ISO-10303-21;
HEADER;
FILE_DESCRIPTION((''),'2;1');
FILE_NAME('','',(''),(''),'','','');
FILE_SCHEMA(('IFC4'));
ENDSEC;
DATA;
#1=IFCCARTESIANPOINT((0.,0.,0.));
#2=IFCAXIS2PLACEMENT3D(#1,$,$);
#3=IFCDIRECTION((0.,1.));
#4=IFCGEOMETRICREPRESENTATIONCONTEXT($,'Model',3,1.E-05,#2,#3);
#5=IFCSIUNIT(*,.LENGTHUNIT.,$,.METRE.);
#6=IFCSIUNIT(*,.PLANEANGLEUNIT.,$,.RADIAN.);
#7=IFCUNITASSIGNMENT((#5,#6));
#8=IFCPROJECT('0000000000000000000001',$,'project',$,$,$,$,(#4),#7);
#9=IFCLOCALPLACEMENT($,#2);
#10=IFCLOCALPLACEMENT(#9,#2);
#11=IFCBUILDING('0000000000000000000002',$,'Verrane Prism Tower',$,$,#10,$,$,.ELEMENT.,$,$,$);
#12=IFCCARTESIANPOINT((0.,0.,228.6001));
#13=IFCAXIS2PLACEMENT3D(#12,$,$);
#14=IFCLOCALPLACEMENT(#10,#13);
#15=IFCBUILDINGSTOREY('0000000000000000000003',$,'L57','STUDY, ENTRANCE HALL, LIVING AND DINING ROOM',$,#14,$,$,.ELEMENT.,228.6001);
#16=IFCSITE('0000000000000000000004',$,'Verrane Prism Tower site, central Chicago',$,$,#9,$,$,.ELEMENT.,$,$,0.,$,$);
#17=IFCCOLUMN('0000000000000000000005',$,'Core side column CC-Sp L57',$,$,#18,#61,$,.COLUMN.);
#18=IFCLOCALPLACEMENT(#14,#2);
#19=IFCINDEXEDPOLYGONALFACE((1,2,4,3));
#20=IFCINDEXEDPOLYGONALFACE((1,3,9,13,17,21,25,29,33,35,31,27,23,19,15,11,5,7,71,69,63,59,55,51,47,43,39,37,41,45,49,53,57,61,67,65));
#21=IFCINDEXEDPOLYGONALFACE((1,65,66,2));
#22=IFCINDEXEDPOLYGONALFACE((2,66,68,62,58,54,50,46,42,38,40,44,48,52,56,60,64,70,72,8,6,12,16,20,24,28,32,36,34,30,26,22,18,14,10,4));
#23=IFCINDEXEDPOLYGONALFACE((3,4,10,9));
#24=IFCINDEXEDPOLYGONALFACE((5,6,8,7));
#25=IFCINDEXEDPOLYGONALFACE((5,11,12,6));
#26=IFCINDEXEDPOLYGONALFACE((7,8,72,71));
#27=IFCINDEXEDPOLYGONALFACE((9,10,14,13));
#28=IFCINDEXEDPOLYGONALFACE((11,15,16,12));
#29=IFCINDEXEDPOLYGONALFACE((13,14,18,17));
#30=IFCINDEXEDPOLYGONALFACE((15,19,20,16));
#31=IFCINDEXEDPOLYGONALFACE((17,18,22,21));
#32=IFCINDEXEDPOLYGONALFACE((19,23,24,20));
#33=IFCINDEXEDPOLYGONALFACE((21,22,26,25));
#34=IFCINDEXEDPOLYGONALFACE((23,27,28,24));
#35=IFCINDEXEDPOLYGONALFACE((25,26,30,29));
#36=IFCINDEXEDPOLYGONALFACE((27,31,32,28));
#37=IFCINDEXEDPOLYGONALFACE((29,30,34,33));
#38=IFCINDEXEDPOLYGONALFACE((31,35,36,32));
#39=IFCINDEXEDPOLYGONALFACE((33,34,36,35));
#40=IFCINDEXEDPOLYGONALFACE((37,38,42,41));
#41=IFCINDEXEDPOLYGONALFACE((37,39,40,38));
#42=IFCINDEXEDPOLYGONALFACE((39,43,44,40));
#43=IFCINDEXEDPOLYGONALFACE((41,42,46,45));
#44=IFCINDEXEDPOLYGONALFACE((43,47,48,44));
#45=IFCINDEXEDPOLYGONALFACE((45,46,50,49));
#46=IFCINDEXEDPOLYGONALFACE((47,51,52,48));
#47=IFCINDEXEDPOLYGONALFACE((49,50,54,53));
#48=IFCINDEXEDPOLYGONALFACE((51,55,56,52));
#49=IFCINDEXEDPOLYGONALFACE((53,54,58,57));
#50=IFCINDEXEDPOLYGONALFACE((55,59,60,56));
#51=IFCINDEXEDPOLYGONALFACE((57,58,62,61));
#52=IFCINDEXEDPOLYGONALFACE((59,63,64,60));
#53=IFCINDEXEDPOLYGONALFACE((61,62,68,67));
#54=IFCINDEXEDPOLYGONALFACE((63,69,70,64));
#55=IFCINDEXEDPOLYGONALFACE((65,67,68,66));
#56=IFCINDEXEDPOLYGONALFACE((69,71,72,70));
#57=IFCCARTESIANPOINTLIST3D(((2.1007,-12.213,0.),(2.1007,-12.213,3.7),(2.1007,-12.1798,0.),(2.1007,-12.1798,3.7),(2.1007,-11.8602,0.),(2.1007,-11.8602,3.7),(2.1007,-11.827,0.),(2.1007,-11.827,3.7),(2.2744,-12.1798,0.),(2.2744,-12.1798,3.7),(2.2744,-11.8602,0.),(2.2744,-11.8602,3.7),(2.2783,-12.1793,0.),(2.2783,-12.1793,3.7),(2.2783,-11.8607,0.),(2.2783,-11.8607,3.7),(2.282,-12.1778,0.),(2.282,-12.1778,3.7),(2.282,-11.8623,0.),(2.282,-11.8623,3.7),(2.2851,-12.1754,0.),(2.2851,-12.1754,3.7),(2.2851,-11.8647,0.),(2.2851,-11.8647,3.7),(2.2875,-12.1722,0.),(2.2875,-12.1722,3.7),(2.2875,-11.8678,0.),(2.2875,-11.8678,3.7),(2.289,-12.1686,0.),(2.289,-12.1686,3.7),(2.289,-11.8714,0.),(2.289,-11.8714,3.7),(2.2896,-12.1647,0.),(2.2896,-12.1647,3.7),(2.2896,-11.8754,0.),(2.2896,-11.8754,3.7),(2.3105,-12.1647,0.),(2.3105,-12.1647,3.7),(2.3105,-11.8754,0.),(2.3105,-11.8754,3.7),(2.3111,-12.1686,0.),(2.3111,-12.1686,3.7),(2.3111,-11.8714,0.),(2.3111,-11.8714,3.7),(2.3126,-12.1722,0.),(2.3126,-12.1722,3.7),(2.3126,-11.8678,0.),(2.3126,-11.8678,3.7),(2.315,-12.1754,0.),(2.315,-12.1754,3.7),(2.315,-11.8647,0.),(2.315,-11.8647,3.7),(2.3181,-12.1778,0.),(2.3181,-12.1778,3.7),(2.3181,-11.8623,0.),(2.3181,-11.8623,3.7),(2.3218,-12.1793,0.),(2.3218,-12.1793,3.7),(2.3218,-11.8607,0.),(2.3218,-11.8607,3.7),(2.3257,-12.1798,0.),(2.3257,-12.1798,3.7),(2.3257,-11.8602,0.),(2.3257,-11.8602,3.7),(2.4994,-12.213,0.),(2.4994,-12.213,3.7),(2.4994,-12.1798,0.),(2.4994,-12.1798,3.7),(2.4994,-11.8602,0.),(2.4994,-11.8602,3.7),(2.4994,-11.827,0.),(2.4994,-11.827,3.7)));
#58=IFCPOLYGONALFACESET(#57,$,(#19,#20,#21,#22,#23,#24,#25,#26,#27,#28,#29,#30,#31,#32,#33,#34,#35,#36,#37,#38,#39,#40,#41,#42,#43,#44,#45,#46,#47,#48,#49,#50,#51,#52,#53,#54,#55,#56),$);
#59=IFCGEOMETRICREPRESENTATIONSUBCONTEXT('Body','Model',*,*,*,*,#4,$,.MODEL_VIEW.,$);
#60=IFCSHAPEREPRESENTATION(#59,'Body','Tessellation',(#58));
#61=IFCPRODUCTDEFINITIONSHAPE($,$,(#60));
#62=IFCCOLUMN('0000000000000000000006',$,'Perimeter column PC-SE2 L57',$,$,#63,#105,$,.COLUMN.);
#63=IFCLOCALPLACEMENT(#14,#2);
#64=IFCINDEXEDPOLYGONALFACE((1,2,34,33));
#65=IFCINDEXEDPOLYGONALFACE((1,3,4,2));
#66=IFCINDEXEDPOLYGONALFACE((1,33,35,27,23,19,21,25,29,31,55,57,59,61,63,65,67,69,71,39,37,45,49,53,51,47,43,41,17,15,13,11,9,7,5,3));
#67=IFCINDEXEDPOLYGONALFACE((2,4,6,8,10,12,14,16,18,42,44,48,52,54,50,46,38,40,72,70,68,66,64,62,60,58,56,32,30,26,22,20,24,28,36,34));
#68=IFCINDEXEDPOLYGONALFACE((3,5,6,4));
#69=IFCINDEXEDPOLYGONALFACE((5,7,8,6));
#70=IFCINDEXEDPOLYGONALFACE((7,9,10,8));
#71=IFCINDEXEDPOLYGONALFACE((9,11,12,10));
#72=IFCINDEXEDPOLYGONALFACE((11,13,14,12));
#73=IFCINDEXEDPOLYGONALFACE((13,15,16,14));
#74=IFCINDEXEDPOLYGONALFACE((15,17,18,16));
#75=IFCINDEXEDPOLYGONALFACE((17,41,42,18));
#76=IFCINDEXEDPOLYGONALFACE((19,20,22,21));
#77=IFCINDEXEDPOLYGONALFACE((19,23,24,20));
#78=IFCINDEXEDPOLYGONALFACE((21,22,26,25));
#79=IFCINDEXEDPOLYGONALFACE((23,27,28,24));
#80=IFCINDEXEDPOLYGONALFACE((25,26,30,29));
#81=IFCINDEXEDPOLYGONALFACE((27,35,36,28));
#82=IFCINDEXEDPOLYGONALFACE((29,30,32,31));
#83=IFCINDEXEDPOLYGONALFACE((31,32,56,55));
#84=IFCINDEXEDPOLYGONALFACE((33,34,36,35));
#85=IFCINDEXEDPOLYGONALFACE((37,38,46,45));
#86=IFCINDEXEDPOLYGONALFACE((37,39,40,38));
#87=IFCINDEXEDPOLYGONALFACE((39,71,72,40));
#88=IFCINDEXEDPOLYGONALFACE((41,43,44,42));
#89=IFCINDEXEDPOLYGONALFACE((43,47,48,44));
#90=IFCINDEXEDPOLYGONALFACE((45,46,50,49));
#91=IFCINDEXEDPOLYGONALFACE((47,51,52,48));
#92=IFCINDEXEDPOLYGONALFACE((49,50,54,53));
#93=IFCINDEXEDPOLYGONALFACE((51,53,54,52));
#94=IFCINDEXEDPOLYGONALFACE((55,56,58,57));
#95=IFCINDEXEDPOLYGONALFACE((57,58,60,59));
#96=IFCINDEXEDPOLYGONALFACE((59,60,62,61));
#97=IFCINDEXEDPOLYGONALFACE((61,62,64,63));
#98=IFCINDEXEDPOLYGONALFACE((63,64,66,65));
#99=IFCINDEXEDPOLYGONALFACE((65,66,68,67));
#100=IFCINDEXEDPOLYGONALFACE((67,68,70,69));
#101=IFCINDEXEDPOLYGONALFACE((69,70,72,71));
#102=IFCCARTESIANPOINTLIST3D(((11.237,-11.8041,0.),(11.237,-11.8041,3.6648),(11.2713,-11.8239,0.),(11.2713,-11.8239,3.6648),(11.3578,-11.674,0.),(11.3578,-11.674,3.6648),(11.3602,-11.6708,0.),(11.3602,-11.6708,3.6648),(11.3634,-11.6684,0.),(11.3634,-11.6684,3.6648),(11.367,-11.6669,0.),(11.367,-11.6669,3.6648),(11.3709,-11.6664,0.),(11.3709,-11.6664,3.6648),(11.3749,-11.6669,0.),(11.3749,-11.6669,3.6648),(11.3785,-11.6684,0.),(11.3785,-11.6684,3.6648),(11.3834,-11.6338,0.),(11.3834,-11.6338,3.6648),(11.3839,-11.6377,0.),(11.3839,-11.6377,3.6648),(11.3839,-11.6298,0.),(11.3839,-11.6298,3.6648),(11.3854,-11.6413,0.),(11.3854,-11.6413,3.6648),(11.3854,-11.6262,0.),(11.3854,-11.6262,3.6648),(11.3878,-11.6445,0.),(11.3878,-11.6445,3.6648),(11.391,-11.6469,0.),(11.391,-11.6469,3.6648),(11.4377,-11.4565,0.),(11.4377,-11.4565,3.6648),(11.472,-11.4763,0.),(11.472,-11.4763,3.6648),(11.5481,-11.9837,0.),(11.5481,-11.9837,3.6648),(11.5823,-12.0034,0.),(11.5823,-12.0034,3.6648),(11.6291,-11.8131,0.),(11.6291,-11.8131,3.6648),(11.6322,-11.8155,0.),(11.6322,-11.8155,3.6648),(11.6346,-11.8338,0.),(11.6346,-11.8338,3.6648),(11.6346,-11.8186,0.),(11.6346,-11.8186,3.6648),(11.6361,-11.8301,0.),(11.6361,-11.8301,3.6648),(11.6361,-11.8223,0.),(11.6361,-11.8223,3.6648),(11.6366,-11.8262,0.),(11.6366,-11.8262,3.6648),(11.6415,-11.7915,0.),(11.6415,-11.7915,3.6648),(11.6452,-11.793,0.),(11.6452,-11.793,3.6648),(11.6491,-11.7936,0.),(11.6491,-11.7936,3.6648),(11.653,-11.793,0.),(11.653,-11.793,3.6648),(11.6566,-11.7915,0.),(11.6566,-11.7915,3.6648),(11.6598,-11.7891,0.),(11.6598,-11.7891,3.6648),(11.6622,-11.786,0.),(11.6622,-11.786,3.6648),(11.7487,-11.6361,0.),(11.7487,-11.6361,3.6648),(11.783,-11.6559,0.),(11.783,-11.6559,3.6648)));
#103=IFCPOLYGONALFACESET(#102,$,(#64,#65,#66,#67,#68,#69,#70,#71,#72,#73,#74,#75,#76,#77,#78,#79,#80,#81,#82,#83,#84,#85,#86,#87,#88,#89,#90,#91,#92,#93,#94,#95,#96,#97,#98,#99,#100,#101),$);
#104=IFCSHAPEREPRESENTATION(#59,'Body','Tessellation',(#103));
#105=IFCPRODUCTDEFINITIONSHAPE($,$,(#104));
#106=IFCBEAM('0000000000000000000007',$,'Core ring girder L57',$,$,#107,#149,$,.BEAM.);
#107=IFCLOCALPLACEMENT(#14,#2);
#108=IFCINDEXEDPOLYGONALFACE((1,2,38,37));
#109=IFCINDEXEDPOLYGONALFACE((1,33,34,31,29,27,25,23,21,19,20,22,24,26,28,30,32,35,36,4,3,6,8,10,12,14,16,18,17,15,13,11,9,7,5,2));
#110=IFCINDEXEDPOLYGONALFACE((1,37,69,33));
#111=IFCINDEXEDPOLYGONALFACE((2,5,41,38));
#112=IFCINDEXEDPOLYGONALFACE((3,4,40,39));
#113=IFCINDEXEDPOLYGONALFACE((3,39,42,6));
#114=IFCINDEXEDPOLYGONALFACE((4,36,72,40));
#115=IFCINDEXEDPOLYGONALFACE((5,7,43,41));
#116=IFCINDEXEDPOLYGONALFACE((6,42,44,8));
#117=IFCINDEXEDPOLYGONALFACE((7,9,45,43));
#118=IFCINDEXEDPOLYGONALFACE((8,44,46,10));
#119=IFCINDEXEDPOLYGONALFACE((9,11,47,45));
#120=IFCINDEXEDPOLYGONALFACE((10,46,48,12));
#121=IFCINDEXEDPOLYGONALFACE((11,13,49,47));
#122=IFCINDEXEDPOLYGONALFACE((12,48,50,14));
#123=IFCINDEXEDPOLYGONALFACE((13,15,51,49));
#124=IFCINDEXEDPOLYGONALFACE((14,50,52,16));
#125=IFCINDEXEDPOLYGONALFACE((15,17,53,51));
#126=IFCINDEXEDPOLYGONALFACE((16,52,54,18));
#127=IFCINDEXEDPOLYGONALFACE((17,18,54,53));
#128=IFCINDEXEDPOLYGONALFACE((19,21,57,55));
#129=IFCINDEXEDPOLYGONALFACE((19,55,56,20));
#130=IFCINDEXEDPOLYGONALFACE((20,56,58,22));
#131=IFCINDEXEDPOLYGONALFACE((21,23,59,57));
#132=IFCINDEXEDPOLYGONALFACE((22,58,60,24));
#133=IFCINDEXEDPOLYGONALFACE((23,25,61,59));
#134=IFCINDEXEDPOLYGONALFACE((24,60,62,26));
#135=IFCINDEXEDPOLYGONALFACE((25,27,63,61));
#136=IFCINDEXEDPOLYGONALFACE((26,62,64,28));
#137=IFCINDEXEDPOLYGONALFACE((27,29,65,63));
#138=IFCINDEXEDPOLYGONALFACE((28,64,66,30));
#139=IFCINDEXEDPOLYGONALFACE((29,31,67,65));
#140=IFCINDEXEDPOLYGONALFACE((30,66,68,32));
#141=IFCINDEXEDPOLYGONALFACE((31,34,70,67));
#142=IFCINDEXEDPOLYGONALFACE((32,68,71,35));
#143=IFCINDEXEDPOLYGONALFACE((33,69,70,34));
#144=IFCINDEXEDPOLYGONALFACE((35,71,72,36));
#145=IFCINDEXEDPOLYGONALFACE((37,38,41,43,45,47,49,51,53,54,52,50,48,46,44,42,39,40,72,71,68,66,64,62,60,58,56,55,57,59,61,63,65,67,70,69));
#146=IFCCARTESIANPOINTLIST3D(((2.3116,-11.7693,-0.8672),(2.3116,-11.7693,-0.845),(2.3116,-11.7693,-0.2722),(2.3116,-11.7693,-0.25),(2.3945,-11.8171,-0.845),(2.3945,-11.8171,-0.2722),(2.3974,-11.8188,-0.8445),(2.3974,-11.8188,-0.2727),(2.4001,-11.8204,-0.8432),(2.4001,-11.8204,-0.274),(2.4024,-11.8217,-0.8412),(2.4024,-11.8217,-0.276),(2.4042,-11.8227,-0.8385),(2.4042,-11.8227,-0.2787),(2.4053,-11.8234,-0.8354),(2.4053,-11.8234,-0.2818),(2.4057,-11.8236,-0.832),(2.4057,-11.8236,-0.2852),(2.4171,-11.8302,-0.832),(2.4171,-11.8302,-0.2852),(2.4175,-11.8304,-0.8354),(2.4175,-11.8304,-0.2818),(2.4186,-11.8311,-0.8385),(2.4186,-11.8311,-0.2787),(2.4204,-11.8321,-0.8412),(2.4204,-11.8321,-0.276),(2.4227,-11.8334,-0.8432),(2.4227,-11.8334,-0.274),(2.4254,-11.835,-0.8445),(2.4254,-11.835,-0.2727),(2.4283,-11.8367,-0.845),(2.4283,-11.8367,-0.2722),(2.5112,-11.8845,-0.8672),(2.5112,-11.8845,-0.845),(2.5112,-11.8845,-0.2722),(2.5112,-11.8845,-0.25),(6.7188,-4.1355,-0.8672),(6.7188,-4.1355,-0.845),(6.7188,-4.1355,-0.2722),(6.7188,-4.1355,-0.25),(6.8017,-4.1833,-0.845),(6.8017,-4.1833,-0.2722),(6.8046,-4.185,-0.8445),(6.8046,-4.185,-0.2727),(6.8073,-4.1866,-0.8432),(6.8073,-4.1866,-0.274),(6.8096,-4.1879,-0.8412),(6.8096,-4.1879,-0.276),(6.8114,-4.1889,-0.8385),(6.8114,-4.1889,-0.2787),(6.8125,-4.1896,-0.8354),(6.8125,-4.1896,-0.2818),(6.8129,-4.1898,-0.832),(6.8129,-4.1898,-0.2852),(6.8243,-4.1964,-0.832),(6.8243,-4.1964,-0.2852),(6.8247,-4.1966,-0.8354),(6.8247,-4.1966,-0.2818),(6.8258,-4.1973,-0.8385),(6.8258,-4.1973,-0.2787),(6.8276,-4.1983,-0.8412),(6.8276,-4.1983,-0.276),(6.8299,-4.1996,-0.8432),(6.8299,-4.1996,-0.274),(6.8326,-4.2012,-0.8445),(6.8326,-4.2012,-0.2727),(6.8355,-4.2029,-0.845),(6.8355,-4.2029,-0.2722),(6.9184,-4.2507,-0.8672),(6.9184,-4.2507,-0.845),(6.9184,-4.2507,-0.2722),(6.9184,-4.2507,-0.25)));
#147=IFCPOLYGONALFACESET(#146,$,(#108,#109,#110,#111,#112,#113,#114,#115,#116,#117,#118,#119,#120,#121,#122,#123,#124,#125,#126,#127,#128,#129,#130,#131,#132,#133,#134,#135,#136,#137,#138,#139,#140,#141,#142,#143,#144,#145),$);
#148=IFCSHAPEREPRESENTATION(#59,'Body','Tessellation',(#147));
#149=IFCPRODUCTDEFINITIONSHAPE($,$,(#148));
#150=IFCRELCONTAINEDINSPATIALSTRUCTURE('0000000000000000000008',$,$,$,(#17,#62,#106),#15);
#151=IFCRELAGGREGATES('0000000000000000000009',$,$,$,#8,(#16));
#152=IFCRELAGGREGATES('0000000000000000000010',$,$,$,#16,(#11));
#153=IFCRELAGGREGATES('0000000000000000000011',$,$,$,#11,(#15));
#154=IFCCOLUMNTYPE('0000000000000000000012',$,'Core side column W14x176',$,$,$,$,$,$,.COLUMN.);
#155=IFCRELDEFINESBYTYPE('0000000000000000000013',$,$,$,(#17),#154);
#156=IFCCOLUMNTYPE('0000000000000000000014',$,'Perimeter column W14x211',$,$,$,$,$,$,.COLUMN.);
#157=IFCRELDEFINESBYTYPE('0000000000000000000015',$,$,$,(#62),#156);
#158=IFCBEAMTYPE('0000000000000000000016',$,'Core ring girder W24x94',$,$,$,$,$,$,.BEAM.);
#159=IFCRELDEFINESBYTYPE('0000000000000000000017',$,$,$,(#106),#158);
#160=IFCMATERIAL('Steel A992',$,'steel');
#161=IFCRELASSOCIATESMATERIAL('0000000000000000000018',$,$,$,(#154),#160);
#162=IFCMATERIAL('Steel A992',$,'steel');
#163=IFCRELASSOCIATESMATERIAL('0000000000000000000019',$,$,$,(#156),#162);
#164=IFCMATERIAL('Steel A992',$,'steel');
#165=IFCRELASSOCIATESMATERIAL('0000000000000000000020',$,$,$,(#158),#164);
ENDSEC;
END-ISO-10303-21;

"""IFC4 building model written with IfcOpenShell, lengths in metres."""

from ifc_helpers import new_model, si_unit, direction, frame, origin, origin_2d, place, context, subcontext, project, spatial, i_section, extrude, material, material_profile, profile_set, type_object, element, save


model = new_model("IFC4")

# Units and contexts
model_context = context("Model", 3, precision=1e-05, world=origin(), true_north=direction((0.0, 1.0)))
body_context = subcontext(model_context, "Body", "Model", "MODEL_VIEW")
ifc_project = project(units=[si_unit("LENGTHUNIT", "METRE"), si_unit("PLANEANGLEUNIT", "RADIAN")], contexts=[model_context])

# Site, building, storey
site_placement = place(None, origin())
site = spatial("IfcSite", under=ifc_project, at=site_placement, Name="Verrane Prism Tower site, central Chicago", CompositionType="ELEMENT", RefElevation=0.0)
building_placement = place(site_placement, origin())
building = spatial("IfcBuilding", under=site, at=building_placement, Name="Verrane Prism Tower", CompositionType="ELEMENT")
storey_placement = place(building_placement, frame((0.0, 0.0, 228.6001)))
storey = spatial("IfcBuildingStorey", under=building, at=storey_placement, Name="L57", Description="STUDY, ENTRANCE HALL, LIVING AND DINING ROOM", CompositionType="ELEMENT", Elevation=228.6001)

# Columns
ifc_material_1 = material(Name="Steel A992", Category="steel")
ifc_material_profile_1 = material_profile(ifc_material_1, i_section(OverallWidth=0.3987, OverallDepth=0.386, WebThickness=0.021, FlangeThickness=0.0332, FilletRadius=0.0151, at=origin_2d()), Name="W14x176")
ifc_profile_set_1 = profile_set([ifc_material_profile_1], Name="Steel A992")
column_type_1 = type_object("IfcColumnType", Name="Core side column W14x176", PredefinedType="COLUMN", material=ifc_profile_set_1)
column_1_placement = place(storey_placement, frame((2.3, -12.02, 0.0), z_axis=(0.0, 0.0, 1.0), x_axis=(1.0, 0.0, 0.0)))
element("IfcColumn", 1, at=column_1_placement, inside=storey, type_object=column_type_1, Name="Core side column CC-Sp L57", PredefinedType="COLUMN", context=body_context, shape_type="SweptSolid", body=[
    extrude(i_section(OverallWidth=0.3987, OverallDepth=0.386, WebThickness=0.021, FlangeThickness=0.0332, FilletRadius=0.0151, at=origin_2d()), origin(), (0.0, 0.0, 1.0), 3.7),
])
ifc_material_2 = material(Name="Steel A992", Category="steel")
ifc_material_profile_2 = material_profile(ifc_material_2, i_section(OverallWidth=0.4014, OverallDepth=0.3987, WebThickness=0.0249, FlangeThickness=0.0396, FilletRadius=0.0151, at=origin_2d()), Name="W14x211")
ifc_profile_set_2 = profile_set([ifc_material_profile_2], Name="Steel A992")
column_type_2 = type_object("IfcColumnType", Name="Perimeter column W14x211", PredefinedType="COLUMN", material=ifc_profile_set_2)
column_2_placement = place(storey_placement, frame((11.51, -11.73, 0.0), z_axis=(0.0, 0.0, 1.0), x_axis=(-0.5, -0.866025, 0.0)))
element("IfcColumn", 2, at=column_2_placement, inside=storey, type_object=column_type_2, Name="Perimeter column PC-SE2 L57", PredefinedType="COLUMN", context=body_context, shape_type="SweptSolid", body=[
    extrude(i_section(OverallWidth=0.4014, OverallDepth=0.3987, WebThickness=0.0249, FlangeThickness=0.0396, FilletRadius=0.0151, at=origin_2d()), origin(), (0.0, 0.0, 1.0), 3.6648),
])

# Beam
ifc_material_3 = material(Name="Steel A992", Category="steel")
ifc_material_profile_3 = material_profile(ifc_material_3, i_section(OverallWidth=0.2305, OverallDepth=0.6172, WebThickness=0.0132, FlangeThickness=0.0222, FilletRadius=0.0129, at=origin_2d()), Name="W24x94")
ifc_profile_set_3 = profile_set([ifc_material_profile_3], Name="Steel A992")
beam_type_1 = type_object("IfcBeamType", Name="Core ring girder W24x94", PredefinedType="BEAM", material=ifc_profile_set_3)
beam_1_placement = place(storey_placement, frame((2.4114, -11.8269, -0.5586), z_axis=(0.499988, 0.866032, 0.0), x_axis=(-0.866032, 0.499988, 0.0)))
element("IfcBeam", 3, at=beam_1_placement, inside=storey, type_object=beam_type_1, Name="Core ring girder L57", PredefinedType="BEAM", context=body_context, shape_type="SweptSolid", body=[
    extrude(i_section(OverallWidth=0.2305, OverallDepth=0.6172, WebThickness=0.0132, FlangeThickness=0.0222, FilletRadius=0.0129, at=origin_2d()), origin(), (0.0, 0.0, 1.0), 8.8147),
])

save(model, "model.ifc")
